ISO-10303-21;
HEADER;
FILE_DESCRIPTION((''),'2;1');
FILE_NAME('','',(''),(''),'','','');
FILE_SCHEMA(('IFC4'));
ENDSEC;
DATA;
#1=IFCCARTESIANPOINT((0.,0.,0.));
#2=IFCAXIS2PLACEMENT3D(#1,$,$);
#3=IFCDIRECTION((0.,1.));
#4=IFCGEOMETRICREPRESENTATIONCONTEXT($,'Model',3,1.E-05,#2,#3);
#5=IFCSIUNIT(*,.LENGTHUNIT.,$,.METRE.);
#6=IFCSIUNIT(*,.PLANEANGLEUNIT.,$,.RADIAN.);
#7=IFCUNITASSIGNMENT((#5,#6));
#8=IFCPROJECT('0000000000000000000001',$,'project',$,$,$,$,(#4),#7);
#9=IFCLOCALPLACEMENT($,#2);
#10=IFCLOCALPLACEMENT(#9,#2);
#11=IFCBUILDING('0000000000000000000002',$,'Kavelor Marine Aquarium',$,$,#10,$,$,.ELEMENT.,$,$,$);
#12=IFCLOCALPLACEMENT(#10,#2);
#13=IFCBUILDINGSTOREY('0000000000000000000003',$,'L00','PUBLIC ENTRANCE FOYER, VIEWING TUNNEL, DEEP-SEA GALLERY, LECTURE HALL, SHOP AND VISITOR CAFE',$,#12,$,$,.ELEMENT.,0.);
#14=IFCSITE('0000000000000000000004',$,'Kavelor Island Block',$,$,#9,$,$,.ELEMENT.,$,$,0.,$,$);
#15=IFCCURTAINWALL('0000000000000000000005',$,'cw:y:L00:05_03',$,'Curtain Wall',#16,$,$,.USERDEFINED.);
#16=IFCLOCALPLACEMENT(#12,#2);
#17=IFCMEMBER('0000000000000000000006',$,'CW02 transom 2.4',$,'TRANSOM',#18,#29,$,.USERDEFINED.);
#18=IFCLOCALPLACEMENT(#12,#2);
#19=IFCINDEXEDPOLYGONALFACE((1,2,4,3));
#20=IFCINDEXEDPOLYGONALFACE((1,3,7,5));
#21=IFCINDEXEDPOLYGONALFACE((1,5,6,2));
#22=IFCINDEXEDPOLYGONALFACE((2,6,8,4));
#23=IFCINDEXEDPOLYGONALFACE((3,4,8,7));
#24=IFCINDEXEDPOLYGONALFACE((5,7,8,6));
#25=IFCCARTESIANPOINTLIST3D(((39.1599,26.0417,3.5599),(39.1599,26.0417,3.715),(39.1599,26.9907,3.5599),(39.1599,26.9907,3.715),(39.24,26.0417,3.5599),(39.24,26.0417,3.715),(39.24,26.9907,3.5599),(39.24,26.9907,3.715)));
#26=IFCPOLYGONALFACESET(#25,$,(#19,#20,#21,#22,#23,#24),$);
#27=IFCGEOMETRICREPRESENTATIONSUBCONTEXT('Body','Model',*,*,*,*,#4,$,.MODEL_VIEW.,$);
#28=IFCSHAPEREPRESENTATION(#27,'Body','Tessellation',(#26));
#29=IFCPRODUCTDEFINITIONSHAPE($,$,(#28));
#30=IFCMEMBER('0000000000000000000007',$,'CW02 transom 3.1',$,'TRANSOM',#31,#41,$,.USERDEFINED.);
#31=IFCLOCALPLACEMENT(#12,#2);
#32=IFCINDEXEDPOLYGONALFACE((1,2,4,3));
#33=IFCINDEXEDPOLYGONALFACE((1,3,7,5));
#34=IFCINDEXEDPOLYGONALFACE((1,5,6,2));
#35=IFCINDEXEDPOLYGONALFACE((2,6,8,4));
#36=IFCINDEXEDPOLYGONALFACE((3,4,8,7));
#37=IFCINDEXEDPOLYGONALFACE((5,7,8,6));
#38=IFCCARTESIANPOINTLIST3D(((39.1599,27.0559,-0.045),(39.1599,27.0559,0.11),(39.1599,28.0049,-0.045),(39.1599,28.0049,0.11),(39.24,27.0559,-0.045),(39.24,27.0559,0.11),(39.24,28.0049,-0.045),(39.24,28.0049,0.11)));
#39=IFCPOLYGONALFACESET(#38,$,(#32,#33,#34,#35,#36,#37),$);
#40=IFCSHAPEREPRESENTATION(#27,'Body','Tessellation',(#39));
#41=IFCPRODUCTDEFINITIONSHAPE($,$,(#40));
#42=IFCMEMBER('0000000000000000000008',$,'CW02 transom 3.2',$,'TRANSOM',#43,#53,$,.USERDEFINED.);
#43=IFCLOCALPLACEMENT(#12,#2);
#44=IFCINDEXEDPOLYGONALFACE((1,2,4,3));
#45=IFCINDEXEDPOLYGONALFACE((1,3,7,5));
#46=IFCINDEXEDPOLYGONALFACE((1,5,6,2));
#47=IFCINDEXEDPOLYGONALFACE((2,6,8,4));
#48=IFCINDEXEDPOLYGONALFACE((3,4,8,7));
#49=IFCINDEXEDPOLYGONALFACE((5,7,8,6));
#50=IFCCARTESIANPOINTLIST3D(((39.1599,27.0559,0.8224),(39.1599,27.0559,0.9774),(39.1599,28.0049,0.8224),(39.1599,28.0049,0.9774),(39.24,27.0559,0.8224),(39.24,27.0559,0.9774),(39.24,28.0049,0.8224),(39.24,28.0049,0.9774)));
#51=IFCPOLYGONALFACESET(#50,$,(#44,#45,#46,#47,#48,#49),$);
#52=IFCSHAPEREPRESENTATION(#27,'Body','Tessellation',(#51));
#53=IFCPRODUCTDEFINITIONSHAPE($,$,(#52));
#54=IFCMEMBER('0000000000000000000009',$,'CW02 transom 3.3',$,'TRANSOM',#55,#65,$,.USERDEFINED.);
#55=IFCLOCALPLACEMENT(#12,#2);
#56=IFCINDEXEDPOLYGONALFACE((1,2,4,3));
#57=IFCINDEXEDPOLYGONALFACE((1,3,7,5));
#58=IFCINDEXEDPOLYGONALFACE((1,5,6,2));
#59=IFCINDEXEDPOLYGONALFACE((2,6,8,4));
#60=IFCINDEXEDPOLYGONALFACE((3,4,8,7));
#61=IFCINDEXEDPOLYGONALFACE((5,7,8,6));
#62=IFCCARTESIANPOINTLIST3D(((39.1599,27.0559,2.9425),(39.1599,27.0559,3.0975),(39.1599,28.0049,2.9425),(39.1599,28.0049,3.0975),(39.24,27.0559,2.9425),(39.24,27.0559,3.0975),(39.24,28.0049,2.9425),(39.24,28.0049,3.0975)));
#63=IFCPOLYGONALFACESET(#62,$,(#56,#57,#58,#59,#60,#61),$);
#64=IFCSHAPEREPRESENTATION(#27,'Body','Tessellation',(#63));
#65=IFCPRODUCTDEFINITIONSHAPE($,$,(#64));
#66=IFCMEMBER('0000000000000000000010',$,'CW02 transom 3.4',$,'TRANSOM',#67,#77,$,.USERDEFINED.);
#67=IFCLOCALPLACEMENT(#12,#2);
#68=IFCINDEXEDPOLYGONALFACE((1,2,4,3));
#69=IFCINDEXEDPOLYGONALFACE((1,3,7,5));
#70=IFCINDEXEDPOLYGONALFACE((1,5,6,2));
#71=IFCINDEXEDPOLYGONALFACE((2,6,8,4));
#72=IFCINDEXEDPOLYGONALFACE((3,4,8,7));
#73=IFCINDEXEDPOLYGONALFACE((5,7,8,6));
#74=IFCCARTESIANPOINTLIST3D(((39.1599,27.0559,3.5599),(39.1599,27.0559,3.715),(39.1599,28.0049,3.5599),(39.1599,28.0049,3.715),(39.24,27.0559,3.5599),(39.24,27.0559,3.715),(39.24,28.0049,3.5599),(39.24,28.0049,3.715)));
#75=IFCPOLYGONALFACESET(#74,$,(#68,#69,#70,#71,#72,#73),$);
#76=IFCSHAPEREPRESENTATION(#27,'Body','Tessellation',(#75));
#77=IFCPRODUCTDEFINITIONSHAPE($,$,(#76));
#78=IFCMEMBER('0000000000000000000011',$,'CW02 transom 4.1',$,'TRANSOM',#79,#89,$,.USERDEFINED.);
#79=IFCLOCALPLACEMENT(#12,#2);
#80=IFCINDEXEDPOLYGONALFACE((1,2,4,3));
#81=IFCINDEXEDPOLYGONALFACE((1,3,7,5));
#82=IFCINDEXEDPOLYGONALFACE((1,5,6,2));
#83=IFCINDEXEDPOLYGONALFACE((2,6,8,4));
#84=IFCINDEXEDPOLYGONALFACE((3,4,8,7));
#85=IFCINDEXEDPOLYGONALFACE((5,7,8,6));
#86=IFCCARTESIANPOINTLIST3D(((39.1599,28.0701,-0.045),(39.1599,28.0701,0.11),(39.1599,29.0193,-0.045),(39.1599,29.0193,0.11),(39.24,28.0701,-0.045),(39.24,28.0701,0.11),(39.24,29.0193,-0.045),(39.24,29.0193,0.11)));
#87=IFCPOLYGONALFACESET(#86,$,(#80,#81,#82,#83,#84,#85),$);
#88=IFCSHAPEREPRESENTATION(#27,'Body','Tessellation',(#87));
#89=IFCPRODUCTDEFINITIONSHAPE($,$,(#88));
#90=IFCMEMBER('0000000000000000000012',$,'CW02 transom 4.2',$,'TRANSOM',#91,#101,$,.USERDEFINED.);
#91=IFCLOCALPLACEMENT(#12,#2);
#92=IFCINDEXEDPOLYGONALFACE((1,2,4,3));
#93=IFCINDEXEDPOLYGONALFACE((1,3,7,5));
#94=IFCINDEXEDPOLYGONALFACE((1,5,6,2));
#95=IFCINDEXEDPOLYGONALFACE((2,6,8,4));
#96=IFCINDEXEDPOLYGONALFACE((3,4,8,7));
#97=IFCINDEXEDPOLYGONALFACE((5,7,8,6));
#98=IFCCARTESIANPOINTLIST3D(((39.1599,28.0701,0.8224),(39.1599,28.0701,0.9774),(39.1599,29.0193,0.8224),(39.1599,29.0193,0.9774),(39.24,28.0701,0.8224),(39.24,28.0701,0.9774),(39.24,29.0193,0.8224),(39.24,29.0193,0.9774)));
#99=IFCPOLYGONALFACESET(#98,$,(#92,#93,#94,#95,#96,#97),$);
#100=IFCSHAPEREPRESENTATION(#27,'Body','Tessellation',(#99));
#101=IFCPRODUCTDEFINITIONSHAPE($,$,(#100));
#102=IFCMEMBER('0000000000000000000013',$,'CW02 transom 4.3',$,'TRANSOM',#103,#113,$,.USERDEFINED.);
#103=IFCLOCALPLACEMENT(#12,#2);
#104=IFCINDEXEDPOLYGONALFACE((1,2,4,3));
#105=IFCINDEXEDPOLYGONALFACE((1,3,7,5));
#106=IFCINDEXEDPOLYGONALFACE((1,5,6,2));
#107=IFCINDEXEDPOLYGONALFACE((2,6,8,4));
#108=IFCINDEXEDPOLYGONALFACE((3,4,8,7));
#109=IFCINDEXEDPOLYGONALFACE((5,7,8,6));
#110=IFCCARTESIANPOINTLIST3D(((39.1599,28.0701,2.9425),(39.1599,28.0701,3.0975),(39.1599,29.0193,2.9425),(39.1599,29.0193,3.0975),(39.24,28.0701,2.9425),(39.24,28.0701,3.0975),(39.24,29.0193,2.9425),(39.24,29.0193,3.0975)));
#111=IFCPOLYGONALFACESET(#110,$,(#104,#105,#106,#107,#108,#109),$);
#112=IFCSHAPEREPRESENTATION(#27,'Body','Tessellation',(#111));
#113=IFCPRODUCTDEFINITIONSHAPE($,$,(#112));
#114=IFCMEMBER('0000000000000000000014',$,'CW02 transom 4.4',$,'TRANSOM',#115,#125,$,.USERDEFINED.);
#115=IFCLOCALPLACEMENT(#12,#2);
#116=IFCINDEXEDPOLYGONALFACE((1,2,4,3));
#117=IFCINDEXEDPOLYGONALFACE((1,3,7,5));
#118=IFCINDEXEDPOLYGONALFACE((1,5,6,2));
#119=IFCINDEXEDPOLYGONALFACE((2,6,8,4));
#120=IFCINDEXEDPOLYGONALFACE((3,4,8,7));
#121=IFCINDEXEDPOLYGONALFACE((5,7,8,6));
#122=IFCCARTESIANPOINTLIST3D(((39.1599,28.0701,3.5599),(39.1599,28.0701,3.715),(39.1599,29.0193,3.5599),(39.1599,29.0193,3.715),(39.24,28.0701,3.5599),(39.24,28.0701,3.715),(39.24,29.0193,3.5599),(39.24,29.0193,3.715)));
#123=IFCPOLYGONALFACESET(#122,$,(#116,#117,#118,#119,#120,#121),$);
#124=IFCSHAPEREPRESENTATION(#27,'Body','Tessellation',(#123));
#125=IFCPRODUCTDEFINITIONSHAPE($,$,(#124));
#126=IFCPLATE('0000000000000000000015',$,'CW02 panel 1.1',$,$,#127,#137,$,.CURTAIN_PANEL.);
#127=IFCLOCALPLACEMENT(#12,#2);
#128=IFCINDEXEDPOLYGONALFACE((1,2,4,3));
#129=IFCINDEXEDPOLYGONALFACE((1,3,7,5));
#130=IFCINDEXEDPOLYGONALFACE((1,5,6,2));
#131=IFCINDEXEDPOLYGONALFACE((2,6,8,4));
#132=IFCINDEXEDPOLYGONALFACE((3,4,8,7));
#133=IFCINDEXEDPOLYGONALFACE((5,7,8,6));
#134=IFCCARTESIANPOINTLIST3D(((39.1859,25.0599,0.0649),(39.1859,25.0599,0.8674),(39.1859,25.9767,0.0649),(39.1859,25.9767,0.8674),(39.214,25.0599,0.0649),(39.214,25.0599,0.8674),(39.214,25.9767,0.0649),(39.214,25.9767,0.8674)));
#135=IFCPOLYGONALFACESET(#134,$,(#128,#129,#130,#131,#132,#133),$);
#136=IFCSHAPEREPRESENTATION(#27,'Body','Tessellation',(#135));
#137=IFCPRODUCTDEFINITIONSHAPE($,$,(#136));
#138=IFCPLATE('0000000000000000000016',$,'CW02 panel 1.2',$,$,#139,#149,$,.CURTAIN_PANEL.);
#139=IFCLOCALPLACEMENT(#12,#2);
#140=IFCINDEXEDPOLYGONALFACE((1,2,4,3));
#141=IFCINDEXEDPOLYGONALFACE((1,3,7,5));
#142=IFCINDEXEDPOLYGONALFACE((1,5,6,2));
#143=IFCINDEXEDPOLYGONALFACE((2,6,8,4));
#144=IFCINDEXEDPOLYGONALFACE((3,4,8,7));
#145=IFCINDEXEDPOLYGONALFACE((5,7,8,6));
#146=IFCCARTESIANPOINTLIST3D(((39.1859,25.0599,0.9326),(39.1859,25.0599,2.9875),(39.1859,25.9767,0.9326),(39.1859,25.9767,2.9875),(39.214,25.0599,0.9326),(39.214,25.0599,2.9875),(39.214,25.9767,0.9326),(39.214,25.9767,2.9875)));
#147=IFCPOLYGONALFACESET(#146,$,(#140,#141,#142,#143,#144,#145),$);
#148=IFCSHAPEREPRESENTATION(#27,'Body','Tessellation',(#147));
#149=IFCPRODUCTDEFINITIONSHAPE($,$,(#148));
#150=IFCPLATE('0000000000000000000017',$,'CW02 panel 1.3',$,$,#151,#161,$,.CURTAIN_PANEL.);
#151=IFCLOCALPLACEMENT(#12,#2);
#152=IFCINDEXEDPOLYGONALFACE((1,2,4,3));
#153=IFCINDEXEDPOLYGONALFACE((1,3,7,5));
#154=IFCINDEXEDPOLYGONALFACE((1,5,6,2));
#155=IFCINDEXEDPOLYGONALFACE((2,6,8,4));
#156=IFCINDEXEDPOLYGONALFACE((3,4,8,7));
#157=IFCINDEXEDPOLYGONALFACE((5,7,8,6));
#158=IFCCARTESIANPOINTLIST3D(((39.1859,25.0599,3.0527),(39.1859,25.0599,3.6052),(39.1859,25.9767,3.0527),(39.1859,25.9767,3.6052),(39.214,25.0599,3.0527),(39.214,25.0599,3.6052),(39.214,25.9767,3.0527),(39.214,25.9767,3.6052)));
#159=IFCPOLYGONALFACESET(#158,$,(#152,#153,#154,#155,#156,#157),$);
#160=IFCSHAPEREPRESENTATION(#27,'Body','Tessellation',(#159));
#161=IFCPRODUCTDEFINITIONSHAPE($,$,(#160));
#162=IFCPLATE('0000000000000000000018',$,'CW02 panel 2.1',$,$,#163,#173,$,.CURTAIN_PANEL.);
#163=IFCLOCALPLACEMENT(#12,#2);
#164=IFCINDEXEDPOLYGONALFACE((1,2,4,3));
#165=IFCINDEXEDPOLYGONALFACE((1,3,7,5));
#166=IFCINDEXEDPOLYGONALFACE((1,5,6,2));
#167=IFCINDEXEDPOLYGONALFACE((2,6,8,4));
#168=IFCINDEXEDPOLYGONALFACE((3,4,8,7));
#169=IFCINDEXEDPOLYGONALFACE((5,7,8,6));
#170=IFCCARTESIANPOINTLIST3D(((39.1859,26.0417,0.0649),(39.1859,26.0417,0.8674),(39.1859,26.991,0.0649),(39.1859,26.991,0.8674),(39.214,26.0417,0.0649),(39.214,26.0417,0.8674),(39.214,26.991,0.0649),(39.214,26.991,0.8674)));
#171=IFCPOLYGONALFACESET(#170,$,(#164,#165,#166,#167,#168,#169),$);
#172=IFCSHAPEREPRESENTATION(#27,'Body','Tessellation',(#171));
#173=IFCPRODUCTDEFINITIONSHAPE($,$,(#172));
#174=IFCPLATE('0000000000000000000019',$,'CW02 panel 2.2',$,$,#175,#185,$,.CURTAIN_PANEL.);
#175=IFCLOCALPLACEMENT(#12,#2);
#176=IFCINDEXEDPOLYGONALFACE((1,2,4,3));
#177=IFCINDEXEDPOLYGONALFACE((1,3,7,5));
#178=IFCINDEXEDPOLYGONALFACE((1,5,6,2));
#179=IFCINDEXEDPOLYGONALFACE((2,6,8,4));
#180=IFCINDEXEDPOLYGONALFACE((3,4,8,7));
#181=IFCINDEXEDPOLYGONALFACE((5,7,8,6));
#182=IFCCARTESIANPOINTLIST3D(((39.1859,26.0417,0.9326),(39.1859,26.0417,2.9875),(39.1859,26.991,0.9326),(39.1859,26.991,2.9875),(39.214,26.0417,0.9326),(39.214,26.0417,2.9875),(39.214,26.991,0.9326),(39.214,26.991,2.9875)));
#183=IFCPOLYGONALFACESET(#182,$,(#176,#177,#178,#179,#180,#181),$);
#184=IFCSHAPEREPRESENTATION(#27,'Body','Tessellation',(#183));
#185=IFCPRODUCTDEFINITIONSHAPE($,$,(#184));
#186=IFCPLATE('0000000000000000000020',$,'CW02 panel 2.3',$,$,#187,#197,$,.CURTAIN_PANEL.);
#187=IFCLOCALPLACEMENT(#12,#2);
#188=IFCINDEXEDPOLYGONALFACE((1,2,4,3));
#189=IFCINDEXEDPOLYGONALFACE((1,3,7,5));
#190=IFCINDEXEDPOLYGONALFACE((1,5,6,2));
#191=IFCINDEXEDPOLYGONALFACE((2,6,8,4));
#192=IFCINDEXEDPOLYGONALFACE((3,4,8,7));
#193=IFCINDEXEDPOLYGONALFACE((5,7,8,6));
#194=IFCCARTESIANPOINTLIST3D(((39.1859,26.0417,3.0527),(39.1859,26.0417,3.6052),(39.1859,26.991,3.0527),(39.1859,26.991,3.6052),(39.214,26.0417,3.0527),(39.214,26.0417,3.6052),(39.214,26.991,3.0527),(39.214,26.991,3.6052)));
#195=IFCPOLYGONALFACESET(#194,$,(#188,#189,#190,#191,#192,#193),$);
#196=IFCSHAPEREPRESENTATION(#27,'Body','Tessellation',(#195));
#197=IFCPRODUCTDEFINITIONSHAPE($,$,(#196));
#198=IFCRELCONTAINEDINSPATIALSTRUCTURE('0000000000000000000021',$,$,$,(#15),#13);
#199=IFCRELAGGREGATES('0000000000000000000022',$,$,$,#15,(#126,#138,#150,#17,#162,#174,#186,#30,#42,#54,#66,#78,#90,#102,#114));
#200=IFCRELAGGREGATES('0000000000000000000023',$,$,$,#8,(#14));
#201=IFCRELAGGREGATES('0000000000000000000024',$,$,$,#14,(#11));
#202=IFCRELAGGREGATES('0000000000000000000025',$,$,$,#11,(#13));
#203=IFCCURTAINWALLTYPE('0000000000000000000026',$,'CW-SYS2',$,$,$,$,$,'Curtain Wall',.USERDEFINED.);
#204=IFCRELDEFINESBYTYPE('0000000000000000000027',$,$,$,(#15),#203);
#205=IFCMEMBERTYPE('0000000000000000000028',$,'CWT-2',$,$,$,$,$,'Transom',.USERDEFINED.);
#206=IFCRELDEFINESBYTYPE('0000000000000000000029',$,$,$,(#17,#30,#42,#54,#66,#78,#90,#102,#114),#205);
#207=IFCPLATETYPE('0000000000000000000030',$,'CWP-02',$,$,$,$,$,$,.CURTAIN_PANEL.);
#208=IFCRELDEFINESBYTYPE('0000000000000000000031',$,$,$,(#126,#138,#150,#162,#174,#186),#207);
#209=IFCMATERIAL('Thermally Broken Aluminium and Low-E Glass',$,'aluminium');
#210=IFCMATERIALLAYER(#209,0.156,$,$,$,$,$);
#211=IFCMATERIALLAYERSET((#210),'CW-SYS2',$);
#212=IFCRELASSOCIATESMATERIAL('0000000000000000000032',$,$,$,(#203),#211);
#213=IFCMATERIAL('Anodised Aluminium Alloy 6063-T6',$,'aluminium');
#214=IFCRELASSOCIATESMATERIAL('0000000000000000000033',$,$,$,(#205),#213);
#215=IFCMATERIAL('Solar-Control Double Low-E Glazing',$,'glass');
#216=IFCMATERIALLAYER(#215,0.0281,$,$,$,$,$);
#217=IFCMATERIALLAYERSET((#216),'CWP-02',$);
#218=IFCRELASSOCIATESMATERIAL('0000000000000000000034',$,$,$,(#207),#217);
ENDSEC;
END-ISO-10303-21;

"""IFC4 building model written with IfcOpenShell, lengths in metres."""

from ifc_helpers import new_model, si_unit, direction, frame, origin, origin_2d, place, context, subcontext, project, spatial, rectangle, extrude, material, layer, layer_set, material_profile, profile_set, type_object, element, aggregate, save


model = new_model("IFC4")

# Units and contexts
model_context = context("Model", 3, precision=1e-05, world=origin(), true_north=direction((0.0, 1.0)))
body_context = subcontext(model_context, "Body", "Model", "MODEL_VIEW")
ifc_project = project(units=[si_unit("LENGTHUNIT", "METRE"), si_unit("PLANEANGLEUNIT", "RADIAN")], contexts=[model_context])

# Site, building, storey
site_placement = place(None, origin())
site = spatial("IfcSite", under=ifc_project, at=site_placement, Name="Kavelor Island Block", CompositionType="ELEMENT", RefElevation=0.0)
building_placement = place(site_placement, origin())
building = spatial("IfcBuilding", under=site, at=building_placement, Name="Kavelor Marine Aquarium", CompositionType="ELEMENT")
storey_placement = place(building_placement, origin())
storey = spatial("IfcBuildingStorey", under=building, at=storey_placement, Name="L00", Description="PUBLIC ENTRANCE FOYER, VIEWING TUNNEL, DEEP-SEA GALLERY, LECTURE HALL, SHOP AND VISITOR CAFE", CompositionType="ELEMENT", Elevation=0.0)

# Curtain wall, members, plates
ifc_material_1 = material(Name="Thermally Broken Aluminium and Low-E Glass", Category="aluminium")
ifc_layer_1 = layer(ifc_material_1, 0.156)
ifc_layer_set_1 = layer_set([ifc_layer_1], Name="CW-SYS2")
curtain_wall_type = type_object("IfcCurtainWallType", Name="CW-SYS2", ElementType="Curtain Wall", PredefinedType="USERDEFINED", material=ifc_layer_set_1)
curtain_wall_placement = place(storey_placement, origin())
curtain_wall = element("IfcCurtainWall", 1, at=curtain_wall_placement, inside=storey, type_object=curtain_wall_type, Name="cw:y:L00:05_03", ObjectType="Curtain Wall", PredefinedType="USERDEFINED")
ifc_material_2 = material(Name="Anodised Aluminium Alloy 6063-T6", Category="aluminium")
ifc_material_profile_1 = material_profile(ifc_material_2, rectangle(XDim=0.0801, YDim=0.155, at=origin_2d()), Name="CW-TRN 80x155")
ifc_profile_set_1 = profile_set([ifc_material_profile_1], Name="Anodised Aluminium Alloy 6063-T6")
member_type_1 = type_object("IfcMemberType", Name="CWT-2", ElementType="Transom", PredefinedType="USERDEFINED", material=ifc_profile_set_1)
member_1_placement = place(storey_placement, frame((39.2, 26.0417, 3.6375), z_axis=(0.0, 1.0, 0.0), x_axis=(-1.0, 0.0, 0.0)))
member_1 = element("IfcMember", 2, at=member_1_placement, type_object=member_type_1, Name="CW02 transom 2.4", ObjectType="TRANSOM", PredefinedType="USERDEFINED", context=body_context, shape_type="SweptSolid", body=[
    extrude(rectangle(XDim=0.0801, YDim=0.155, at=origin_2d()), origin(), (0.0, 0.0, 1.0), 0.949),
])
member_2_placement = place(storey_placement, frame((39.2, 27.0559, 0.0325), z_axis=(0.0, 1.0, 0.0), x_axis=(-1.0, 0.0, 0.0)))
member_2 = element("IfcMember", 3, at=member_2_placement, type_object=member_type_1, Name="CW02 transom 3.1", ObjectType="TRANSOM", PredefinedType="USERDEFINED", context=body_context, shape_type="SweptSolid", body=[
    extrude(rectangle(XDim=0.0801, YDim=0.155, at=origin_2d()), origin(), (0.0, 0.0, 1.0), 0.949),
])
member_3_placement = place(storey_placement, frame((39.2, 27.0559, 0.8999), z_axis=(0.0, 1.0, 0.0), x_axis=(-1.0, 0.0, 0.0)))
member_3 = element("IfcMember", 4, at=member_3_placement, type_object=member_type_1, Name="CW02 transom 3.2", ObjectType="TRANSOM", PredefinedType="USERDEFINED", context=body_context, shape_type="SweptSolid", body=[
    extrude(rectangle(XDim=0.0801, YDim=0.155, at=origin_2d()), origin(), (0.0, 0.0, 1.0), 0.949),
])
member_4_placement = place(storey_placement, frame((39.2, 27.0559, 3.02), z_axis=(0.0, 1.0, 0.0), x_axis=(-1.0, 0.0, 0.0)))
member_4 = element("IfcMember", 5, at=member_4_placement, type_object=member_type_1, Name="CW02 transom 3.3", ObjectType="TRANSOM", PredefinedType="USERDEFINED", context=body_context, shape_type="SweptSolid", body=[
    extrude(rectangle(XDim=0.0801, YDim=0.155, at=origin_2d()), origin(), (0.0, 0.0, 1.0), 0.949),
])
member_5_placement = place(storey_placement, frame((39.2, 27.0559, 3.6375), z_axis=(0.0, 1.0, 0.0), x_axis=(-1.0, 0.0, 0.0)))
member_5 = element("IfcMember", 6, at=member_5_placement, type_object=member_type_1, Name="CW02 transom 3.4", ObjectType="TRANSOM", PredefinedType="USERDEFINED", context=body_context, shape_type="SweptSolid", body=[
    extrude(rectangle(XDim=0.0801, YDim=0.155, at=origin_2d()), origin(), (0.0, 0.0, 1.0), 0.949),
])
member_6_placement = place(storey_placement, frame((39.2, 28.0701, 0.0325), z_axis=(0.0, 1.0, 0.0), x_axis=(-1.0, 0.0, 0.0)))
member_6 = element("IfcMember", 7, at=member_6_placement, type_object=member_type_1, Name="CW02 transom 4.1", ObjectType="TRANSOM", PredefinedType="USERDEFINED", context=body_context, shape_type="SweptSolid", body=[
    extrude(rectangle(XDim=0.0801, YDim=0.155, at=origin_2d()), origin(), (0.0, 0.0, 1.0), 0.9492),
])
member_7_placement = place(storey_placement, frame((39.2, 28.0701, 0.8999), z_axis=(0.0, 1.0, 0.0), x_axis=(-1.0, 0.0, 0.0)))
member_7 = element("IfcMember", 8, at=member_7_placement, type_object=member_type_1, Name="CW02 transom 4.2", ObjectType="TRANSOM", PredefinedType="USERDEFINED", context=body_context, shape_type="SweptSolid", body=[
    extrude(rectangle(XDim=0.0801, YDim=0.155, at=origin_2d()), origin(), (0.0, 0.0, 1.0), 0.9492),
])
member_8_placement = place(storey_placement, frame((39.2, 28.0701, 3.02), z_axis=(0.0, 1.0, 0.0), x_axis=(-1.0, 0.0, 0.0)))
member_8 = element("IfcMember", 9, at=member_8_placement, type_object=member_type_1, Name="CW02 transom 4.3", ObjectType="TRANSOM", PredefinedType="USERDEFINED", context=body_context, shape_type="SweptSolid", body=[
    extrude(rectangle(XDim=0.0801, YDim=0.155, at=origin_2d()), origin(), (0.0, 0.0, 1.0), 0.9492),
])
member_9_placement = place(storey_placement, frame((39.2, 28.0701, 3.6375), z_axis=(0.0, 1.0, 0.0), x_axis=(-1.0, 0.0, 0.0)))
member_9 = element("IfcMember", 10, at=member_9_placement, type_object=member_type_1, Name="CW02 transom 4.4", ObjectType="TRANSOM", PredefinedType="USERDEFINED", context=body_context, shape_type="SweptSolid", body=[
    extrude(rectangle(XDim=0.0801, YDim=0.155, at=origin_2d()), origin(), (0.0, 0.0, 1.0), 0.9492),
])
ifc_material_3 = material(Name="Solar-Control Double Low-E Glazing", Category="glass")
ifc_layer_2 = layer(ifc_material_3, 0.0281)
ifc_layer_set_2 = layer_set([ifc_layer_2], Name="CWP-02")
plate_type = type_object("IfcPlateType", Name="CWP-02", PredefinedType="CURTAIN_PANEL", material=ifc_layer_set_2)
plate_1_placement = place(storey_placement, frame((39.2, 25.5183, 0.0649), z_axis=(0.0, 0.0, 1.0), x_axis=(0.0, 1.0, 0.0)))
plate_1 = element("IfcPlate", 11, at=plate_1_placement, type_object=plate_type, Name="CW02 panel 1.1", PredefinedType="CURTAIN_PANEL", context=body_context, shape_type="SweptSolid", body=[
    extrude(rectangle(XDim=0.9167, YDim=0.0281, at=origin_2d()), origin(), (0.0, 0.0, 1.0), 0.8025),
])
plate_2_placement = place(storey_placement, frame((39.2, 25.5183, 0.9326), z_axis=(0.0, 0.0, 1.0), x_axis=(0.0, 1.0, 0.0)))
plate_2 = element("IfcPlate", 12, at=plate_2_placement, type_object=plate_type, Name="CW02 panel 1.2", PredefinedType="CURTAIN_PANEL", context=body_context, shape_type="SweptSolid", body=[
    extrude(rectangle(XDim=0.9167, YDim=0.0281, at=origin_2d()), origin(), (0.0, 0.0, 1.0), 2.0549),
])
plate_3_placement = place(storey_placement, frame((39.2, 25.5183, 3.0527), z_axis=(0.0, 0.0, 1.0), x_axis=(0.0, 1.0, 0.0)))
plate_3 = element("IfcPlate", 13, at=plate_3_placement, type_object=plate_type, Name="CW02 panel 1.3", PredefinedType="CURTAIN_PANEL", context=body_context, shape_type="SweptSolid", body=[
    extrude(rectangle(XDim=0.9167, YDim=0.0281, at=origin_2d()), origin(), (0.0, 0.0, 1.0), 0.5525),
])
plate_4_placement = place(storey_placement, frame((39.2, 26.5164, 0.0649), z_axis=(0.0, 0.0, 1.0), x_axis=(0.0, 1.0, 0.0)))
plate_4 = element("IfcPlate", 14, at=plate_4_placement, type_object=plate_type, Name="CW02 panel 2.1", PredefinedType="CURTAIN_PANEL", context=body_context, shape_type="SweptSolid", body=[
    extrude(rectangle(XDim=0.9492, YDim=0.0281, at=origin_2d()), origin(), (0.0, 0.0, 1.0), 0.8025),
])
plate_5_placement = place(storey_placement, frame((39.2, 26.5164, 0.9326), z_axis=(0.0, 0.0, 1.0), x_axis=(0.0, 1.0, 0.0)))
plate_5 = element("IfcPlate", 15, at=plate_5_placement, type_object=plate_type, Name="CW02 panel 2.2", PredefinedType="CURTAIN_PANEL", context=body_context, shape_type="SweptSolid", body=[
    extrude(rectangle(XDim=0.9492, YDim=0.0281, at=origin_2d()), origin(), (0.0, 0.0, 1.0), 2.0549),
])
plate_6_placement = place(storey_placement, frame((39.2, 26.5164, 3.0527), z_axis=(0.0, 0.0, 1.0), x_axis=(0.0, 1.0, 0.0)))
plate_6 = element("IfcPlate", 16, at=plate_6_placement, type_object=plate_type, Name="CW02 panel 2.3", PredefinedType="CURTAIN_PANEL", context=body_context, shape_type="SweptSolid", body=[
    extrude(rectangle(XDim=0.9492, YDim=0.0281, at=origin_2d()), origin(), (0.0, 0.0, 1.0), 0.5525),
])
aggregate(curtain_wall, [plate_1, plate_2, plate_3, member_1, plate_4, plate_5, plate_6, member_2, member_3, member_4, member_5, member_6, member_7, member_8, member_9])

save(model, "model.ifc")
